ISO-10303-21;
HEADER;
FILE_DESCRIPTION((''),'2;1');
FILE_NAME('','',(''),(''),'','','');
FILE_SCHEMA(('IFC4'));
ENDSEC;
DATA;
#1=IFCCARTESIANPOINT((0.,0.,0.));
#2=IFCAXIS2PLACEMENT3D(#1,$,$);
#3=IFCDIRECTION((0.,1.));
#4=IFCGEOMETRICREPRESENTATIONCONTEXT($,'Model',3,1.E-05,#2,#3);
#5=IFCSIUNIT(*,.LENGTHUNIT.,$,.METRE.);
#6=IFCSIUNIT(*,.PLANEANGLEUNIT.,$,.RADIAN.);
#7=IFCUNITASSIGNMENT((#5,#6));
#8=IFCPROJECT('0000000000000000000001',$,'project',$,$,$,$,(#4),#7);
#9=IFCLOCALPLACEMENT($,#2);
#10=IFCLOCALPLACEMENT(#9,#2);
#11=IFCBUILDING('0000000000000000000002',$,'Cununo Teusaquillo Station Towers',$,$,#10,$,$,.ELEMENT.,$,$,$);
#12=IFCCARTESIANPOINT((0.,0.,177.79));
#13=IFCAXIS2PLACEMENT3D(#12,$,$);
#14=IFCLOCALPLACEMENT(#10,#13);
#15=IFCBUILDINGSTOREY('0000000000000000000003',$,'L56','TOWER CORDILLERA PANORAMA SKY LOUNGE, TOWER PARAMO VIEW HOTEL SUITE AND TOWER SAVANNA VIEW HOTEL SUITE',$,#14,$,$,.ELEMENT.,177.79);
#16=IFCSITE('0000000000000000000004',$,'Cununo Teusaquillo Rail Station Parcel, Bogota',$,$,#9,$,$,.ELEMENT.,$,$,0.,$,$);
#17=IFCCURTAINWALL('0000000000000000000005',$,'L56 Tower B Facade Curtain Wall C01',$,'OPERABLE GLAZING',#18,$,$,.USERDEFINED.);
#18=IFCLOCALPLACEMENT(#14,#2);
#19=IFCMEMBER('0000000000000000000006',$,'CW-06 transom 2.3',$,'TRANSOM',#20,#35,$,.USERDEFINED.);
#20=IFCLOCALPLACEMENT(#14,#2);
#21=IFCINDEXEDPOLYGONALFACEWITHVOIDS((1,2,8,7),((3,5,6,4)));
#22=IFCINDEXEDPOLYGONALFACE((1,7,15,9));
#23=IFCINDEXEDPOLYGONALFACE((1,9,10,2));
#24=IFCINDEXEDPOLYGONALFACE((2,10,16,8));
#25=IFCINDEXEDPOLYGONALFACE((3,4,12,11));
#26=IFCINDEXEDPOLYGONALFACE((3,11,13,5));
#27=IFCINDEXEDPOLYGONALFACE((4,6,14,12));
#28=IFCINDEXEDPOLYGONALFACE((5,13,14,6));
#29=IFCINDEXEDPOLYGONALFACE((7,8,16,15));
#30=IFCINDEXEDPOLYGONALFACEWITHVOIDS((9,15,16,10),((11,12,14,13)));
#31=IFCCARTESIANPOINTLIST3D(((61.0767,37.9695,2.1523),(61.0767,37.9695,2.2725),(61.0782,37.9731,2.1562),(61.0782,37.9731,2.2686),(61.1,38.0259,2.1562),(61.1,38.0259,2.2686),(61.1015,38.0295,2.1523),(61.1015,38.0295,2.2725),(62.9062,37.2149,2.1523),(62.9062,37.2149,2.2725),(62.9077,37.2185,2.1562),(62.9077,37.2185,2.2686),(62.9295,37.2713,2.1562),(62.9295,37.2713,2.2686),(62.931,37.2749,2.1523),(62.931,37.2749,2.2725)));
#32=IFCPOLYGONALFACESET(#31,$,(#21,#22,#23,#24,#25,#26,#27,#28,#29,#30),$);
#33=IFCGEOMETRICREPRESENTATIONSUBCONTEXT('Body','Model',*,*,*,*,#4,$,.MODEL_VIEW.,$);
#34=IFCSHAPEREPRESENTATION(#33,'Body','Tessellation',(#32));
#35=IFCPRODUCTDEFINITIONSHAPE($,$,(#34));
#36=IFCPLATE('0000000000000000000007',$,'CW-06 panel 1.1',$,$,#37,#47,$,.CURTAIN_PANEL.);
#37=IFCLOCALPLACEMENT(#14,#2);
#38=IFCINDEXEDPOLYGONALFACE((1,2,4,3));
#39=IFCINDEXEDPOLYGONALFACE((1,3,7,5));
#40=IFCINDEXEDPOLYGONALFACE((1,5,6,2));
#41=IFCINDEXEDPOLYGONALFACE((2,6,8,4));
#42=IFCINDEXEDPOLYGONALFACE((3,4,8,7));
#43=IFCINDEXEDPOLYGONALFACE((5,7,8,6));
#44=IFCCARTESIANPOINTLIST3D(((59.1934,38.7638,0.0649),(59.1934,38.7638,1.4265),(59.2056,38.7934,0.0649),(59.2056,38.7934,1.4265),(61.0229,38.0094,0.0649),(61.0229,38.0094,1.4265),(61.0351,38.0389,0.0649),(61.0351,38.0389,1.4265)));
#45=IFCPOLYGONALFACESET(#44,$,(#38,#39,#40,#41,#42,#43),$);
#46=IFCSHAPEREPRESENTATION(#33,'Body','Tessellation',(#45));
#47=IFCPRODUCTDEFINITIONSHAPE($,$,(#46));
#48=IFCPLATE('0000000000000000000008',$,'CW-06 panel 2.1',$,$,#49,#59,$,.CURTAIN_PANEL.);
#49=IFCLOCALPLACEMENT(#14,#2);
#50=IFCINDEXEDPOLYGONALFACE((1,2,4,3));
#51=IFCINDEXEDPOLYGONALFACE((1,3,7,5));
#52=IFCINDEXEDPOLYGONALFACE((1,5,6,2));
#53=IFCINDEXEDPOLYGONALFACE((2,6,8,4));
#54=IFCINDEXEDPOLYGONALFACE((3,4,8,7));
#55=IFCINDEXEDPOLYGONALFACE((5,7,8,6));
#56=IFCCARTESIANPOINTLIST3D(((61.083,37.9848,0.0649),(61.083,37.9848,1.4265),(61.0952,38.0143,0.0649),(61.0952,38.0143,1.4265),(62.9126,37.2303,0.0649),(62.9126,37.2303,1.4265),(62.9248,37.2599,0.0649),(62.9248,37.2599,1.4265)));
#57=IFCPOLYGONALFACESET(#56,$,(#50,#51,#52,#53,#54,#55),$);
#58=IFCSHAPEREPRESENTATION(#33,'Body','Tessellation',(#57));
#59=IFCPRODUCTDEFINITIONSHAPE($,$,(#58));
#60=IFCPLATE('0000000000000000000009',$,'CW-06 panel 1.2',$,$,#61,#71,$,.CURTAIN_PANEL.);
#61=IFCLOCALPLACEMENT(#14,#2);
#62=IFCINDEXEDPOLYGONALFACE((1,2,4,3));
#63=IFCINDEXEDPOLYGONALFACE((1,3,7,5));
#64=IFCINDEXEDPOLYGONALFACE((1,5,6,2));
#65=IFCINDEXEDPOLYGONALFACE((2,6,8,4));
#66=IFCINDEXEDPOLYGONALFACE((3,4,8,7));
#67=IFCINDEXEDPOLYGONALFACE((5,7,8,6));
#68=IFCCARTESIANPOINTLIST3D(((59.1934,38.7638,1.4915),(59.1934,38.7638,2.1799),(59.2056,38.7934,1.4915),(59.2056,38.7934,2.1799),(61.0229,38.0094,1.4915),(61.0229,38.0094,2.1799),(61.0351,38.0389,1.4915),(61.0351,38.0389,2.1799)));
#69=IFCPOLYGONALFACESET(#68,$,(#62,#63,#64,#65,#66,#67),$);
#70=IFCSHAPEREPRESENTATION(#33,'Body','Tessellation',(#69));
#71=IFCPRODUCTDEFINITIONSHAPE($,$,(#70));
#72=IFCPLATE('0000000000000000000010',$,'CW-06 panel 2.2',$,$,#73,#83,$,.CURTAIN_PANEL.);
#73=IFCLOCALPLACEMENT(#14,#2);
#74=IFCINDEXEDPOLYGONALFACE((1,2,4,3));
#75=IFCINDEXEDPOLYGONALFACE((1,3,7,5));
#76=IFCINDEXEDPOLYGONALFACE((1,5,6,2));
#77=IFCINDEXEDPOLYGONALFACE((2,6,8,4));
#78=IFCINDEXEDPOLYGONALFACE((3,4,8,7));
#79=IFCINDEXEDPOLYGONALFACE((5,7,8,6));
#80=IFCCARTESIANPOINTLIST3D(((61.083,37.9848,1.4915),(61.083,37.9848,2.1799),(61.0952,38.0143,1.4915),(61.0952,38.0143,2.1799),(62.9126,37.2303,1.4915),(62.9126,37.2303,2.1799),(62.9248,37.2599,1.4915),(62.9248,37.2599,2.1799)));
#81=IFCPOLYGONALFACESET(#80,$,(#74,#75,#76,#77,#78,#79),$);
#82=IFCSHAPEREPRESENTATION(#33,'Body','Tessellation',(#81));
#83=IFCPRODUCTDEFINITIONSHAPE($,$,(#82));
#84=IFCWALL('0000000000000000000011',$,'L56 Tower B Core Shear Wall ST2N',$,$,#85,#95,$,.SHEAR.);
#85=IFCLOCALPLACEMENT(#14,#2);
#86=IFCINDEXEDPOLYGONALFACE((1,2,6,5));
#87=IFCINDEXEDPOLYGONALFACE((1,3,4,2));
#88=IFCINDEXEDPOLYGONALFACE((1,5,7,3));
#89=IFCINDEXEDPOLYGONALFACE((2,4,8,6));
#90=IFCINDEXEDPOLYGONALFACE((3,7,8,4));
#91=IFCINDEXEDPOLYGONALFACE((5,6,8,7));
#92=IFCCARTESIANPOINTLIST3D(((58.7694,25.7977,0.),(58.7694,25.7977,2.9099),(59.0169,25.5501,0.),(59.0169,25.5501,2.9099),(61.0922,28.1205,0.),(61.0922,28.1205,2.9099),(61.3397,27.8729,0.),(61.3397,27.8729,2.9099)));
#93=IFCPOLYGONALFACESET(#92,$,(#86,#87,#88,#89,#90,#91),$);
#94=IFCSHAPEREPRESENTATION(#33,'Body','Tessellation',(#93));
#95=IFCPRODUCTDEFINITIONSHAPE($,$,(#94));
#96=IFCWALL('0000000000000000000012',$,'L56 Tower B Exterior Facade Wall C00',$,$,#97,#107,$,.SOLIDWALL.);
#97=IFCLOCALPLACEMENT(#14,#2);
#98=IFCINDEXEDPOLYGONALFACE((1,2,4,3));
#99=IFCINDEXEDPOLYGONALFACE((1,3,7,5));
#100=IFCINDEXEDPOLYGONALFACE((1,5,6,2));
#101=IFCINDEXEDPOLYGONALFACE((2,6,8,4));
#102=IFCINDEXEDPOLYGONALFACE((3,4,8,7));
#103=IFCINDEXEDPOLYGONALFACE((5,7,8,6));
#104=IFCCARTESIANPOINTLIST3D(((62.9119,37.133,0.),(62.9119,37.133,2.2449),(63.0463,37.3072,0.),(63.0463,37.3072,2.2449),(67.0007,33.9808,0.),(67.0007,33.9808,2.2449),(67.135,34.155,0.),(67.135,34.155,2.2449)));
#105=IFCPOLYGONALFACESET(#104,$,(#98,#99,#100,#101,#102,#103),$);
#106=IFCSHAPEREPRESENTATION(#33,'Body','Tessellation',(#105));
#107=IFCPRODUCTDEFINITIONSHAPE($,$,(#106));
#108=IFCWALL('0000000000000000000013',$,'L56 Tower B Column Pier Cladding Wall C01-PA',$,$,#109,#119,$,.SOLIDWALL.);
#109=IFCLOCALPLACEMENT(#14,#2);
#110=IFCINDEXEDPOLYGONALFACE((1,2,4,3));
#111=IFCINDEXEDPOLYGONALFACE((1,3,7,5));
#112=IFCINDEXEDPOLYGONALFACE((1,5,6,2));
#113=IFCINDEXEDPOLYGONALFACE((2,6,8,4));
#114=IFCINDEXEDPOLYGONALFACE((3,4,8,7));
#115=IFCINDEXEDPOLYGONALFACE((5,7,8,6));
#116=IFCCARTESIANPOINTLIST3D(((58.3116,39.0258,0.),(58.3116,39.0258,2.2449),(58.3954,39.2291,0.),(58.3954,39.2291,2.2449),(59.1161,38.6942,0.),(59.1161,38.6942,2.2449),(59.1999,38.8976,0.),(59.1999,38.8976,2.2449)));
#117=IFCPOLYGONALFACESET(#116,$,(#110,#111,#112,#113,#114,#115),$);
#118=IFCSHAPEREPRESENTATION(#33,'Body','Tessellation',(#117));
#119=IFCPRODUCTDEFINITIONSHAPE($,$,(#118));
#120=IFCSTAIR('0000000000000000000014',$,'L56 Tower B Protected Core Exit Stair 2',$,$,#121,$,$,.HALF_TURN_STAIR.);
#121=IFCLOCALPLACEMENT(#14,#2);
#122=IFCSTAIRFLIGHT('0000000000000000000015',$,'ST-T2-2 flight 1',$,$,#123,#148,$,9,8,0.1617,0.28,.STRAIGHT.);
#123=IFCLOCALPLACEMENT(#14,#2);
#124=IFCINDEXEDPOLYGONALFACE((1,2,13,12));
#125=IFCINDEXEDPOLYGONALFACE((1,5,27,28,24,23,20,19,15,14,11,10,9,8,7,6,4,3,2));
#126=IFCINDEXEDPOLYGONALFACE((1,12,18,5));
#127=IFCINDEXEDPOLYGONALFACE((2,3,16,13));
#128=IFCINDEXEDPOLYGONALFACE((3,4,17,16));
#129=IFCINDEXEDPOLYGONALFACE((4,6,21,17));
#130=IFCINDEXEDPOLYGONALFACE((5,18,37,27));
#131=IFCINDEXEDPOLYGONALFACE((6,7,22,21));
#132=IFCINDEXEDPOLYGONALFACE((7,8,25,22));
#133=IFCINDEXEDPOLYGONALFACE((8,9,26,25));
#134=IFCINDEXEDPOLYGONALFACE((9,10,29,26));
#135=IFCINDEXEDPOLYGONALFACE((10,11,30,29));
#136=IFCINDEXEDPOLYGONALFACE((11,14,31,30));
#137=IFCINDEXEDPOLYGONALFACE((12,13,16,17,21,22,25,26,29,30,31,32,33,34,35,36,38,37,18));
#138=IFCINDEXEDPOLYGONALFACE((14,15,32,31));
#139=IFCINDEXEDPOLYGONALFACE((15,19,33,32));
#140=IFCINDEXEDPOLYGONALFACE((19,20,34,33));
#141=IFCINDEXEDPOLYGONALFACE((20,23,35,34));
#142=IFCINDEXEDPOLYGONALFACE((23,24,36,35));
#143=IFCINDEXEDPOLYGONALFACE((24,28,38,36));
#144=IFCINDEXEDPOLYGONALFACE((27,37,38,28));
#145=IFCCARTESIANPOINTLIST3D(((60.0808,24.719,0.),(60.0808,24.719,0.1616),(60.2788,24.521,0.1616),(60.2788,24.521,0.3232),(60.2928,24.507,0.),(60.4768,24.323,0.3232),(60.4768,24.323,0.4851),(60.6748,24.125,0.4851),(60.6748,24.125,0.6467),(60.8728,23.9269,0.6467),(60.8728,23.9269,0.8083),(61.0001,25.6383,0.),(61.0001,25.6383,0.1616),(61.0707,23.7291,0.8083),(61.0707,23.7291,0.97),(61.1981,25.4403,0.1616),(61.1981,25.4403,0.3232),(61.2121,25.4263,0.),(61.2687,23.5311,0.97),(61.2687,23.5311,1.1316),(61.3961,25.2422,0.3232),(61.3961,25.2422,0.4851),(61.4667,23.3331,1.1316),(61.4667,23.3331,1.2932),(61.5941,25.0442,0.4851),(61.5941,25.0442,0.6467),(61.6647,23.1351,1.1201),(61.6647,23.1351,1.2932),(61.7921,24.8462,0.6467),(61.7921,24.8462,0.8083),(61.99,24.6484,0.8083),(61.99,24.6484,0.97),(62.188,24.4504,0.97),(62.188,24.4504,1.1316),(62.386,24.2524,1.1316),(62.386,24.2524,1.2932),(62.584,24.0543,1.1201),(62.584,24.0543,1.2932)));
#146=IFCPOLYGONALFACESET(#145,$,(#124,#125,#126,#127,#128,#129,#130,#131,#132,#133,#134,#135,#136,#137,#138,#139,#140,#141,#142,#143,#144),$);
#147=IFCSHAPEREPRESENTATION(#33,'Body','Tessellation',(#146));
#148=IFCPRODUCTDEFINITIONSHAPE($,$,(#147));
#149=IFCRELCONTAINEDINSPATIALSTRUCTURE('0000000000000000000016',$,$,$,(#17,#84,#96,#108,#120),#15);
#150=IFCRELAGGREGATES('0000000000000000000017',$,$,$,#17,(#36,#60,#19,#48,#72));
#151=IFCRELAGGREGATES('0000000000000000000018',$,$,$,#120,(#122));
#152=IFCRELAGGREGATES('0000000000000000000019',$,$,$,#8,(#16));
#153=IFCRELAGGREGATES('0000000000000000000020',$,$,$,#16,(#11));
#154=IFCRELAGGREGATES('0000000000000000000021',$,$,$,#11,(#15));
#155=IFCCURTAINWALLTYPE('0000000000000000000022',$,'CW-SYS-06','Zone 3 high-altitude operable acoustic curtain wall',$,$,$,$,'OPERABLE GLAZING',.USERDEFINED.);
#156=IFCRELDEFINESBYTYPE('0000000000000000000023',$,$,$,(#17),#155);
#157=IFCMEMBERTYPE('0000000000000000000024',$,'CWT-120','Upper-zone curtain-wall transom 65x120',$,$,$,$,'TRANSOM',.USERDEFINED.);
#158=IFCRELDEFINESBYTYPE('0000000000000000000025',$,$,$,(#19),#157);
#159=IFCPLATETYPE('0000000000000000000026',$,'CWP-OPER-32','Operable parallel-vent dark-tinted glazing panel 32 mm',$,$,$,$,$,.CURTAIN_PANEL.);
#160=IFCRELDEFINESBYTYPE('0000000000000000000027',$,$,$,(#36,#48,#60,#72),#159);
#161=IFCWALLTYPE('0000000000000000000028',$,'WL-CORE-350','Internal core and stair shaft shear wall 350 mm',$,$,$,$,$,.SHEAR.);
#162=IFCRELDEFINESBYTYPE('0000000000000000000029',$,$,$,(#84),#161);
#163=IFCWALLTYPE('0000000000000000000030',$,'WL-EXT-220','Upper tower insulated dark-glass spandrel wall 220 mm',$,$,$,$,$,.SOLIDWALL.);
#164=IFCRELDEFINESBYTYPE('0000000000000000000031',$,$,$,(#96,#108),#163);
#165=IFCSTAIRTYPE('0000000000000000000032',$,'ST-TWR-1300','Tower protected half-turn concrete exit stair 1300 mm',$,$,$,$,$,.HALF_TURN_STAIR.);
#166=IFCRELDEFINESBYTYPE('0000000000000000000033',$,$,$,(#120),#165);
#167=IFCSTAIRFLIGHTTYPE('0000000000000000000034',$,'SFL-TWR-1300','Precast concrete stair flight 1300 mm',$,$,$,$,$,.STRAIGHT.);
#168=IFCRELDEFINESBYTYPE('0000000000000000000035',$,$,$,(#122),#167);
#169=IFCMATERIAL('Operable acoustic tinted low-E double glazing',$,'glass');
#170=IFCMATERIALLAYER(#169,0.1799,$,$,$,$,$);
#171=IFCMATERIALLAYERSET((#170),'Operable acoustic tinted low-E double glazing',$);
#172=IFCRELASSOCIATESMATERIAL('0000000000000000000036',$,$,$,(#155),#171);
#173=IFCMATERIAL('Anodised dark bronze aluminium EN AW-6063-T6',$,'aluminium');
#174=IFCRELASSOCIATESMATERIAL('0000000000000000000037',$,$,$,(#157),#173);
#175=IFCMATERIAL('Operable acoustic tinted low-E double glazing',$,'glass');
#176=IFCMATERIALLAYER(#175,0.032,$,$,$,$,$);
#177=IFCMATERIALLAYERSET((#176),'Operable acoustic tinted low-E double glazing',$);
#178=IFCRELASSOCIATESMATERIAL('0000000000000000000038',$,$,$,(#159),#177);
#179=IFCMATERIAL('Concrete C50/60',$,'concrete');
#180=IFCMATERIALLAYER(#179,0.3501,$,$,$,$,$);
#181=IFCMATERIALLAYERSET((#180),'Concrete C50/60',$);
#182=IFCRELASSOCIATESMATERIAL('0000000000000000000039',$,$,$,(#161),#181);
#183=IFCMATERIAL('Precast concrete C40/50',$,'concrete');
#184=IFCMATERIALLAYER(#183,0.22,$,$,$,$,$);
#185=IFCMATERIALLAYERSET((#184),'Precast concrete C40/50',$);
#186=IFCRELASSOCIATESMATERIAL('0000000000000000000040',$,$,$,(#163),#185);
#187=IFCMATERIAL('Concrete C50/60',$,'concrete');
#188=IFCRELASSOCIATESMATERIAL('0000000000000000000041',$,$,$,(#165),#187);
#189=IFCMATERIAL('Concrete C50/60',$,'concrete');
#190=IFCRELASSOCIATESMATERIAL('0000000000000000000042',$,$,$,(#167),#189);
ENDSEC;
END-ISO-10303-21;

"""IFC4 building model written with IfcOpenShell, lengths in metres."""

from ifc_helpers import new_model, si_unit, direction, frame, frame_2d, origin, origin_2d, place, context, subcontext, project, spatial, polyline, rectangle, hollow_rectangle, outline, extrude, source, transform, mapped, material, layer, layer_set, material_profile, profile_set, type_object, element, aggregate, save


model = new_model("IFC4")

# Units and contexts
model_context = context("Model", 3, precision=1e-05, world=origin(), true_north=direction((0.0, 1.0)))
body_context = subcontext(model_context, "Body", "Model", "MODEL_VIEW")
ifc_project = project(units=[si_unit("LENGTHUNIT", "METRE"), si_unit("PLANEANGLEUNIT", "RADIAN")], contexts=[model_context])

# Site, building, storey
site_placement = place(None, origin())
site = spatial("IfcSite", under=ifc_project, at=site_placement, Name="Cununo Teusaquillo Rail Station Parcel, Bogota", CompositionType="ELEMENT", RefElevation=0.0)
building_placement = place(site_placement, origin())
building = spatial("IfcBuilding", under=site, at=building_placement, Name="Cununo Teusaquillo Station Towers", CompositionType="ELEMENT")
storey_placement = place(building_placement, frame((0.0, 0.0, 177.79)))
storey = spatial("IfcBuildingStorey", under=building, at=storey_placement, Name="L56", Description="TOWER CORDILLERA PANORAMA SKY LOUNGE, TOWER PARAMO VIEW HOTEL SUITE AND TOWER SAVANNA VIEW HOTEL SUITE", CompositionType="ELEMENT", Elevation=177.79)

# Curtain wall, member, plates
ifc_material_1 = material(Name="Operable acoustic tinted low-E double glazing", Category="glass")
ifc_layer_1 = layer(ifc_material_1, 0.1799)
ifc_layer_set_1 = layer_set([ifc_layer_1], Name="Operable acoustic tinted low-E double glazing")
curtain_wall_type = type_object("IfcCurtainWallType", Name="CW-SYS-06", Description="Zone 3 high-altitude operable acoustic curtain wall", ElementType="OPERABLE GLAZING", PredefinedType="USERDEFINED", material=ifc_layer_set_1)
curtain_wall_placement = place(storey_placement, origin())
curtain_wall = element("IfcCurtainWall", 1, at=curtain_wall_placement, inside=storey, type_object=curtain_wall_type, Name="L56 Tower B Facade Curtain Wall C01", ObjectType="OPERABLE GLAZING", PredefinedType="USERDEFINED")
ifc_material_2 = material(Name="Anodised dark bronze aluminium EN AW-6063-T6", Category="aluminium")
ifc_material_profile_1 = material_profile(ifc_material_2, hollow_rectangle(XDim=0.0649, YDim=0.1201, WallThickness=0.0039, at=origin_2d()), Name="CW-TRAN-65x120")
ifc_profile_set_1 = profile_set([ifc_material_profile_1], Name="Anodised dark bronze aluminium EN AW-6063-T6")
member_type_1 = type_object("IfcMemberType", Name="CWT-120", Description="Upper-zone curtain-wall transom 65x120", ElementType="TRANSOM", PredefinedType="USERDEFINED", material=ifc_profile_set_1)
member_1_placement = place(storey_placement, frame((61.0891, 37.9995, 2.2124), z_axis=(0.924451, -0.381302, 0.0), x_axis=(0.381302, 0.924451, 0.0)))
member_1 = element("IfcMember", 2, at=member_1_placement, type_object=member_type_1, Name="CW-06 transom 2.3", ObjectType="TRANSOM", PredefinedType="USERDEFINED", context=body_context, shape_type="SweptSolid", body=[
    extrude(hollow_rectangle(XDim=0.0649, YDim=0.1201, WallThickness=0.0039, at=origin_2d()), origin(), (0.0, 0.0, 1.0), 1.979),
])
ifc_material_3 = material(Name="Operable acoustic tinted low-E double glazing", Category="glass")
ifc_layer_2 = layer(ifc_material_3, 0.032)
ifc_layer_set_2 = layer_set([ifc_layer_2], Name="Operable acoustic tinted low-E double glazing")
plate_type = type_object("IfcPlateType", Name="CWP-OPER-32", Description="Operable parallel-vent dark-tinted glazing panel 32 mm", PredefinedType="CURTAIN_PANEL", material=ifc_layer_set_2)
shared_shape_1 = source(origin(), body_context, "Body", "SweptSolid", [
    extrude(rectangle(XDim=1.979, YDim=0.032, at=origin_2d()), origin(), (0.0, 0.0, 1.0), 1.3616),
])
plate_1_placement = place(storey_placement, frame((60.1143, 38.4014, 0.0649), z_axis=(0.0, 0.0, 1.0), x_axis=(0.924481, -0.381229, 0.0)))
plate_1 = element("IfcPlate", 3, at=plate_1_placement, type_object=plate_type, Name="CW-06 panel 1.1", PredefinedType="CURTAIN_PANEL", context=body_context, shape_type="MappedRepresentation", body=[
    mapped(shared_shape_1, transform((0.0, 0.0, 0.0), x_axis=(1.0, 0.0, 0.0), y_axis=(0.0, 1.0, 0.0), z_axis=(0.0, 0.0, 1.0), scale=1.0)),
])
plate_2_placement = place(storey_placement, frame((62.0039, 37.6223, 0.0649), z_axis=(0.0, 0.0, 1.0), x_axis=(0.924481, -0.381229, 0.0)))
plate_2 = element("IfcPlate", 4, at=plate_2_placement, type_object=plate_type, Name="CW-06 panel 2.1", PredefinedType="CURTAIN_PANEL", context=body_context, shape_type="MappedRepresentation", body=[
    mapped(shared_shape_1, transform((0.0, 0.0, 0.0), x_axis=(1.0, 0.0, 0.0), y_axis=(0.0, 1.0, 0.0), z_axis=(0.0, 0.0, 1.0), scale=1.0)),
])
shared_shape_2 = source(origin(), body_context, "Body", "SweptSolid", [
    extrude(rectangle(XDim=1.979, YDim=0.032, at=origin_2d()), origin(), (0.0, 0.0, 1.0), 0.6885),
])
plate_3_placement = place(storey_placement, frame((60.1143, 38.4014, 1.4915), z_axis=(0.0, 0.0, 1.0), x_axis=(0.924481, -0.381229, 0.0)))
plate_3 = element("IfcPlate", 5, at=plate_3_placement, type_object=plate_type, Name="CW-06 panel 1.2", PredefinedType="CURTAIN_PANEL", context=body_context, shape_type="MappedRepresentation", body=[
    mapped(shared_shape_2, transform((0.0, 0.0, 0.0), x_axis=(1.0, 0.0, 0.0), y_axis=(0.0, 1.0, 0.0), z_axis=(0.0, 0.0, 1.0), scale=1.0)),
])
plate_4_placement = place(storey_placement, frame((62.0039, 37.6223, 1.4915), z_axis=(0.0, 0.0, 1.0), x_axis=(0.924481, -0.381229, 0.0)))
plate_4 = element("IfcPlate", 6, at=plate_4_placement, type_object=plate_type, Name="CW-06 panel 2.2", PredefinedType="CURTAIN_PANEL", context=body_context, shape_type="MappedRepresentation", body=[
    mapped(shared_shape_2, transform((0.0, 0.0, 0.0), x_axis=(1.0, 0.0, 0.0), y_axis=(0.0, 1.0, 0.0), z_axis=(0.0, 0.0, 1.0), scale=1.0)),
])
aggregate(curtain_wall, [plate_1, plate_3, member_1, plate_2, plate_4])

# Walls
ifc_material_4 = material(Name="Concrete C50/60", Category="concrete")
ifc_layer_3 = layer(ifc_material_4, 0.3501)
ifc_layer_set_3 = layer_set([ifc_layer_3], Name="Concrete C50/60")
wall_type_1 = type_object("IfcWallType", Name="WL-CORE-350", Description="Internal core and stair shaft shear wall 350 mm", PredefinedType="SHEAR", material=ifc_layer_set_3)
wall_1_placement = place(storey_placement, frame((58.8931, 25.6738, 0.0), z_axis=(0.0, 0.0, 1.0), x_axis=(0.707107, 0.707107, 0.0)))
element("IfcWall", 7, at=wall_1_placement, inside=storey, type_object=wall_type_1, Name="L56 Tower B Core Shear Wall ST2N", PredefinedType="SHEAR", context=body_context, shape_type="SweptSolid", body=[
    extrude(rectangle(XDim=3.2849, YDim=0.3501, at=frame_2d((1.6426, 0.0))), origin(), (0.0, 0.0, 1.0), 2.9099),
])
ifc_material_5 = material(Name="Precast concrete C40/50", Category="concrete")
ifc_layer_4 = layer(ifc_material_5, 0.22)
ifc_layer_set_4 = layer_set([ifc_layer_4], Name="Precast concrete C40/50")
wall_type_2 = type_object("IfcWallType", Name="WL-EXT-220", Description="Upper tower insulated dark-glass spandrel wall 220 mm", PredefinedType="SOLIDWALL", material=ifc_layer_set_4)
wall_2_placement = place(storey_placement, frame((62.979, 37.2202, 0.0), z_axis=(0.0, 0.0, 1.0), x_axis=(0.791963, -0.61057, 0.0)))
element("IfcWall", 8, at=wall_2_placement, inside=storey, type_object=wall_type_2, Name="L56 Tower B Exterior Facade Wall C00", PredefinedType="SOLIDWALL", context=body_context, shape_type="SweptSolid", body=[
    extrude(rectangle(XDim=5.1628, YDim=0.22, at=frame_2d((2.5815, 0.0))), origin(), (0.0, 0.0, 1.0), 2.2449),
])
wall_3_placement = place(storey_placement, frame((58.3535, 39.1274, 0.0), z_axis=(0.0, 0.0, 1.0), x_axis=(0.924556, -0.381046, 0.0)))
element("IfcWall", 9, at=wall_3_placement, inside=storey, type_object=wall_type_2, Name="L56 Tower B Column Pier Cladding Wall C01-PA", PredefinedType="SOLIDWALL", context=body_context, shape_type="SweptSolid", body=[
    extrude(rectangle(XDim=0.8701, YDim=0.22, at=frame_2d((0.4351, 0.0))), origin(), (0.0, 0.0, 1.0), 2.2449),
])

# Stair, stair flight
ifc_material_6 = material(Name="Concrete C50/60", Category="concrete")
stair_type = type_object("IfcStairType", Name="ST-TWR-1300", Description="Tower protected half-turn concrete exit stair 1300 mm", PredefinedType="HALF_TURN_STAIR", material=ifc_material_6)
stair_placement = place(storey_placement, origin())
stair = element("IfcStair", 10, at=stair_placement, inside=storey, type_object=stair_type, Name="L56 Tower B Protected Core Exit Stair 2", PredefinedType="HALF_TURN_STAIR")
ifc_material_7 = material(Name="Concrete C50/60", Category="concrete")
stair_flight_type = type_object("IfcStairFlightType", Name="SFL-TWR-1300", Description="Precast concrete stair flight 1300 mm", PredefinedType="STRAIGHT", material=ifc_material_7)
stair_flight_placement = place(storey_placement, frame((60.5405, 25.1787, 0.0), z_axis=(0.0, 0.0, 1.0), x_axis=(0.707107, -0.707107, 0.0)))
stair_flight = element("IfcStairFlight", 11, at=stair_flight_placement, type_object=stair_flight_type, Name="ST-T2-2 flight 1", NumberOfRisers=9, NumberOfTreads=8, PredefinedType="STRAIGHT", RiserHeight=0.1617, TreadLength=0.28, context=body_context, shape_type="SweptSolid", body=[
    extrude(outline(polyline([(0.0, 0.0), (0.0, 0.1616), (0.28, 0.1616), (0.28, 0.3232), (0.5601, 0.3232), (0.5601, 0.4851), (0.8401, 0.4851), (0.8401, 0.6467), (1.1201, 0.6467), (1.1201, 0.8083), (1.3999, 0.8083), (1.3999, 0.97), (1.6799, 0.97), (1.6799, 1.1316), (1.96, 1.1316), (1.96, 1.2932), (2.24, 1.2932), (2.24, 1.4551), (2.24, 1.1201), (0.2998, 0.0), (0.0, 0.0)])), frame((0.0, 0.6499, 0.0), z_axis=(0.0, -1.0, 0.0), x_axis=(1.0, 0.0, 0.0)), (0.0, 0.0, 1.0), 1.3),
])
aggregate(stair, [stair_flight])

save(model, "model.ifc")
